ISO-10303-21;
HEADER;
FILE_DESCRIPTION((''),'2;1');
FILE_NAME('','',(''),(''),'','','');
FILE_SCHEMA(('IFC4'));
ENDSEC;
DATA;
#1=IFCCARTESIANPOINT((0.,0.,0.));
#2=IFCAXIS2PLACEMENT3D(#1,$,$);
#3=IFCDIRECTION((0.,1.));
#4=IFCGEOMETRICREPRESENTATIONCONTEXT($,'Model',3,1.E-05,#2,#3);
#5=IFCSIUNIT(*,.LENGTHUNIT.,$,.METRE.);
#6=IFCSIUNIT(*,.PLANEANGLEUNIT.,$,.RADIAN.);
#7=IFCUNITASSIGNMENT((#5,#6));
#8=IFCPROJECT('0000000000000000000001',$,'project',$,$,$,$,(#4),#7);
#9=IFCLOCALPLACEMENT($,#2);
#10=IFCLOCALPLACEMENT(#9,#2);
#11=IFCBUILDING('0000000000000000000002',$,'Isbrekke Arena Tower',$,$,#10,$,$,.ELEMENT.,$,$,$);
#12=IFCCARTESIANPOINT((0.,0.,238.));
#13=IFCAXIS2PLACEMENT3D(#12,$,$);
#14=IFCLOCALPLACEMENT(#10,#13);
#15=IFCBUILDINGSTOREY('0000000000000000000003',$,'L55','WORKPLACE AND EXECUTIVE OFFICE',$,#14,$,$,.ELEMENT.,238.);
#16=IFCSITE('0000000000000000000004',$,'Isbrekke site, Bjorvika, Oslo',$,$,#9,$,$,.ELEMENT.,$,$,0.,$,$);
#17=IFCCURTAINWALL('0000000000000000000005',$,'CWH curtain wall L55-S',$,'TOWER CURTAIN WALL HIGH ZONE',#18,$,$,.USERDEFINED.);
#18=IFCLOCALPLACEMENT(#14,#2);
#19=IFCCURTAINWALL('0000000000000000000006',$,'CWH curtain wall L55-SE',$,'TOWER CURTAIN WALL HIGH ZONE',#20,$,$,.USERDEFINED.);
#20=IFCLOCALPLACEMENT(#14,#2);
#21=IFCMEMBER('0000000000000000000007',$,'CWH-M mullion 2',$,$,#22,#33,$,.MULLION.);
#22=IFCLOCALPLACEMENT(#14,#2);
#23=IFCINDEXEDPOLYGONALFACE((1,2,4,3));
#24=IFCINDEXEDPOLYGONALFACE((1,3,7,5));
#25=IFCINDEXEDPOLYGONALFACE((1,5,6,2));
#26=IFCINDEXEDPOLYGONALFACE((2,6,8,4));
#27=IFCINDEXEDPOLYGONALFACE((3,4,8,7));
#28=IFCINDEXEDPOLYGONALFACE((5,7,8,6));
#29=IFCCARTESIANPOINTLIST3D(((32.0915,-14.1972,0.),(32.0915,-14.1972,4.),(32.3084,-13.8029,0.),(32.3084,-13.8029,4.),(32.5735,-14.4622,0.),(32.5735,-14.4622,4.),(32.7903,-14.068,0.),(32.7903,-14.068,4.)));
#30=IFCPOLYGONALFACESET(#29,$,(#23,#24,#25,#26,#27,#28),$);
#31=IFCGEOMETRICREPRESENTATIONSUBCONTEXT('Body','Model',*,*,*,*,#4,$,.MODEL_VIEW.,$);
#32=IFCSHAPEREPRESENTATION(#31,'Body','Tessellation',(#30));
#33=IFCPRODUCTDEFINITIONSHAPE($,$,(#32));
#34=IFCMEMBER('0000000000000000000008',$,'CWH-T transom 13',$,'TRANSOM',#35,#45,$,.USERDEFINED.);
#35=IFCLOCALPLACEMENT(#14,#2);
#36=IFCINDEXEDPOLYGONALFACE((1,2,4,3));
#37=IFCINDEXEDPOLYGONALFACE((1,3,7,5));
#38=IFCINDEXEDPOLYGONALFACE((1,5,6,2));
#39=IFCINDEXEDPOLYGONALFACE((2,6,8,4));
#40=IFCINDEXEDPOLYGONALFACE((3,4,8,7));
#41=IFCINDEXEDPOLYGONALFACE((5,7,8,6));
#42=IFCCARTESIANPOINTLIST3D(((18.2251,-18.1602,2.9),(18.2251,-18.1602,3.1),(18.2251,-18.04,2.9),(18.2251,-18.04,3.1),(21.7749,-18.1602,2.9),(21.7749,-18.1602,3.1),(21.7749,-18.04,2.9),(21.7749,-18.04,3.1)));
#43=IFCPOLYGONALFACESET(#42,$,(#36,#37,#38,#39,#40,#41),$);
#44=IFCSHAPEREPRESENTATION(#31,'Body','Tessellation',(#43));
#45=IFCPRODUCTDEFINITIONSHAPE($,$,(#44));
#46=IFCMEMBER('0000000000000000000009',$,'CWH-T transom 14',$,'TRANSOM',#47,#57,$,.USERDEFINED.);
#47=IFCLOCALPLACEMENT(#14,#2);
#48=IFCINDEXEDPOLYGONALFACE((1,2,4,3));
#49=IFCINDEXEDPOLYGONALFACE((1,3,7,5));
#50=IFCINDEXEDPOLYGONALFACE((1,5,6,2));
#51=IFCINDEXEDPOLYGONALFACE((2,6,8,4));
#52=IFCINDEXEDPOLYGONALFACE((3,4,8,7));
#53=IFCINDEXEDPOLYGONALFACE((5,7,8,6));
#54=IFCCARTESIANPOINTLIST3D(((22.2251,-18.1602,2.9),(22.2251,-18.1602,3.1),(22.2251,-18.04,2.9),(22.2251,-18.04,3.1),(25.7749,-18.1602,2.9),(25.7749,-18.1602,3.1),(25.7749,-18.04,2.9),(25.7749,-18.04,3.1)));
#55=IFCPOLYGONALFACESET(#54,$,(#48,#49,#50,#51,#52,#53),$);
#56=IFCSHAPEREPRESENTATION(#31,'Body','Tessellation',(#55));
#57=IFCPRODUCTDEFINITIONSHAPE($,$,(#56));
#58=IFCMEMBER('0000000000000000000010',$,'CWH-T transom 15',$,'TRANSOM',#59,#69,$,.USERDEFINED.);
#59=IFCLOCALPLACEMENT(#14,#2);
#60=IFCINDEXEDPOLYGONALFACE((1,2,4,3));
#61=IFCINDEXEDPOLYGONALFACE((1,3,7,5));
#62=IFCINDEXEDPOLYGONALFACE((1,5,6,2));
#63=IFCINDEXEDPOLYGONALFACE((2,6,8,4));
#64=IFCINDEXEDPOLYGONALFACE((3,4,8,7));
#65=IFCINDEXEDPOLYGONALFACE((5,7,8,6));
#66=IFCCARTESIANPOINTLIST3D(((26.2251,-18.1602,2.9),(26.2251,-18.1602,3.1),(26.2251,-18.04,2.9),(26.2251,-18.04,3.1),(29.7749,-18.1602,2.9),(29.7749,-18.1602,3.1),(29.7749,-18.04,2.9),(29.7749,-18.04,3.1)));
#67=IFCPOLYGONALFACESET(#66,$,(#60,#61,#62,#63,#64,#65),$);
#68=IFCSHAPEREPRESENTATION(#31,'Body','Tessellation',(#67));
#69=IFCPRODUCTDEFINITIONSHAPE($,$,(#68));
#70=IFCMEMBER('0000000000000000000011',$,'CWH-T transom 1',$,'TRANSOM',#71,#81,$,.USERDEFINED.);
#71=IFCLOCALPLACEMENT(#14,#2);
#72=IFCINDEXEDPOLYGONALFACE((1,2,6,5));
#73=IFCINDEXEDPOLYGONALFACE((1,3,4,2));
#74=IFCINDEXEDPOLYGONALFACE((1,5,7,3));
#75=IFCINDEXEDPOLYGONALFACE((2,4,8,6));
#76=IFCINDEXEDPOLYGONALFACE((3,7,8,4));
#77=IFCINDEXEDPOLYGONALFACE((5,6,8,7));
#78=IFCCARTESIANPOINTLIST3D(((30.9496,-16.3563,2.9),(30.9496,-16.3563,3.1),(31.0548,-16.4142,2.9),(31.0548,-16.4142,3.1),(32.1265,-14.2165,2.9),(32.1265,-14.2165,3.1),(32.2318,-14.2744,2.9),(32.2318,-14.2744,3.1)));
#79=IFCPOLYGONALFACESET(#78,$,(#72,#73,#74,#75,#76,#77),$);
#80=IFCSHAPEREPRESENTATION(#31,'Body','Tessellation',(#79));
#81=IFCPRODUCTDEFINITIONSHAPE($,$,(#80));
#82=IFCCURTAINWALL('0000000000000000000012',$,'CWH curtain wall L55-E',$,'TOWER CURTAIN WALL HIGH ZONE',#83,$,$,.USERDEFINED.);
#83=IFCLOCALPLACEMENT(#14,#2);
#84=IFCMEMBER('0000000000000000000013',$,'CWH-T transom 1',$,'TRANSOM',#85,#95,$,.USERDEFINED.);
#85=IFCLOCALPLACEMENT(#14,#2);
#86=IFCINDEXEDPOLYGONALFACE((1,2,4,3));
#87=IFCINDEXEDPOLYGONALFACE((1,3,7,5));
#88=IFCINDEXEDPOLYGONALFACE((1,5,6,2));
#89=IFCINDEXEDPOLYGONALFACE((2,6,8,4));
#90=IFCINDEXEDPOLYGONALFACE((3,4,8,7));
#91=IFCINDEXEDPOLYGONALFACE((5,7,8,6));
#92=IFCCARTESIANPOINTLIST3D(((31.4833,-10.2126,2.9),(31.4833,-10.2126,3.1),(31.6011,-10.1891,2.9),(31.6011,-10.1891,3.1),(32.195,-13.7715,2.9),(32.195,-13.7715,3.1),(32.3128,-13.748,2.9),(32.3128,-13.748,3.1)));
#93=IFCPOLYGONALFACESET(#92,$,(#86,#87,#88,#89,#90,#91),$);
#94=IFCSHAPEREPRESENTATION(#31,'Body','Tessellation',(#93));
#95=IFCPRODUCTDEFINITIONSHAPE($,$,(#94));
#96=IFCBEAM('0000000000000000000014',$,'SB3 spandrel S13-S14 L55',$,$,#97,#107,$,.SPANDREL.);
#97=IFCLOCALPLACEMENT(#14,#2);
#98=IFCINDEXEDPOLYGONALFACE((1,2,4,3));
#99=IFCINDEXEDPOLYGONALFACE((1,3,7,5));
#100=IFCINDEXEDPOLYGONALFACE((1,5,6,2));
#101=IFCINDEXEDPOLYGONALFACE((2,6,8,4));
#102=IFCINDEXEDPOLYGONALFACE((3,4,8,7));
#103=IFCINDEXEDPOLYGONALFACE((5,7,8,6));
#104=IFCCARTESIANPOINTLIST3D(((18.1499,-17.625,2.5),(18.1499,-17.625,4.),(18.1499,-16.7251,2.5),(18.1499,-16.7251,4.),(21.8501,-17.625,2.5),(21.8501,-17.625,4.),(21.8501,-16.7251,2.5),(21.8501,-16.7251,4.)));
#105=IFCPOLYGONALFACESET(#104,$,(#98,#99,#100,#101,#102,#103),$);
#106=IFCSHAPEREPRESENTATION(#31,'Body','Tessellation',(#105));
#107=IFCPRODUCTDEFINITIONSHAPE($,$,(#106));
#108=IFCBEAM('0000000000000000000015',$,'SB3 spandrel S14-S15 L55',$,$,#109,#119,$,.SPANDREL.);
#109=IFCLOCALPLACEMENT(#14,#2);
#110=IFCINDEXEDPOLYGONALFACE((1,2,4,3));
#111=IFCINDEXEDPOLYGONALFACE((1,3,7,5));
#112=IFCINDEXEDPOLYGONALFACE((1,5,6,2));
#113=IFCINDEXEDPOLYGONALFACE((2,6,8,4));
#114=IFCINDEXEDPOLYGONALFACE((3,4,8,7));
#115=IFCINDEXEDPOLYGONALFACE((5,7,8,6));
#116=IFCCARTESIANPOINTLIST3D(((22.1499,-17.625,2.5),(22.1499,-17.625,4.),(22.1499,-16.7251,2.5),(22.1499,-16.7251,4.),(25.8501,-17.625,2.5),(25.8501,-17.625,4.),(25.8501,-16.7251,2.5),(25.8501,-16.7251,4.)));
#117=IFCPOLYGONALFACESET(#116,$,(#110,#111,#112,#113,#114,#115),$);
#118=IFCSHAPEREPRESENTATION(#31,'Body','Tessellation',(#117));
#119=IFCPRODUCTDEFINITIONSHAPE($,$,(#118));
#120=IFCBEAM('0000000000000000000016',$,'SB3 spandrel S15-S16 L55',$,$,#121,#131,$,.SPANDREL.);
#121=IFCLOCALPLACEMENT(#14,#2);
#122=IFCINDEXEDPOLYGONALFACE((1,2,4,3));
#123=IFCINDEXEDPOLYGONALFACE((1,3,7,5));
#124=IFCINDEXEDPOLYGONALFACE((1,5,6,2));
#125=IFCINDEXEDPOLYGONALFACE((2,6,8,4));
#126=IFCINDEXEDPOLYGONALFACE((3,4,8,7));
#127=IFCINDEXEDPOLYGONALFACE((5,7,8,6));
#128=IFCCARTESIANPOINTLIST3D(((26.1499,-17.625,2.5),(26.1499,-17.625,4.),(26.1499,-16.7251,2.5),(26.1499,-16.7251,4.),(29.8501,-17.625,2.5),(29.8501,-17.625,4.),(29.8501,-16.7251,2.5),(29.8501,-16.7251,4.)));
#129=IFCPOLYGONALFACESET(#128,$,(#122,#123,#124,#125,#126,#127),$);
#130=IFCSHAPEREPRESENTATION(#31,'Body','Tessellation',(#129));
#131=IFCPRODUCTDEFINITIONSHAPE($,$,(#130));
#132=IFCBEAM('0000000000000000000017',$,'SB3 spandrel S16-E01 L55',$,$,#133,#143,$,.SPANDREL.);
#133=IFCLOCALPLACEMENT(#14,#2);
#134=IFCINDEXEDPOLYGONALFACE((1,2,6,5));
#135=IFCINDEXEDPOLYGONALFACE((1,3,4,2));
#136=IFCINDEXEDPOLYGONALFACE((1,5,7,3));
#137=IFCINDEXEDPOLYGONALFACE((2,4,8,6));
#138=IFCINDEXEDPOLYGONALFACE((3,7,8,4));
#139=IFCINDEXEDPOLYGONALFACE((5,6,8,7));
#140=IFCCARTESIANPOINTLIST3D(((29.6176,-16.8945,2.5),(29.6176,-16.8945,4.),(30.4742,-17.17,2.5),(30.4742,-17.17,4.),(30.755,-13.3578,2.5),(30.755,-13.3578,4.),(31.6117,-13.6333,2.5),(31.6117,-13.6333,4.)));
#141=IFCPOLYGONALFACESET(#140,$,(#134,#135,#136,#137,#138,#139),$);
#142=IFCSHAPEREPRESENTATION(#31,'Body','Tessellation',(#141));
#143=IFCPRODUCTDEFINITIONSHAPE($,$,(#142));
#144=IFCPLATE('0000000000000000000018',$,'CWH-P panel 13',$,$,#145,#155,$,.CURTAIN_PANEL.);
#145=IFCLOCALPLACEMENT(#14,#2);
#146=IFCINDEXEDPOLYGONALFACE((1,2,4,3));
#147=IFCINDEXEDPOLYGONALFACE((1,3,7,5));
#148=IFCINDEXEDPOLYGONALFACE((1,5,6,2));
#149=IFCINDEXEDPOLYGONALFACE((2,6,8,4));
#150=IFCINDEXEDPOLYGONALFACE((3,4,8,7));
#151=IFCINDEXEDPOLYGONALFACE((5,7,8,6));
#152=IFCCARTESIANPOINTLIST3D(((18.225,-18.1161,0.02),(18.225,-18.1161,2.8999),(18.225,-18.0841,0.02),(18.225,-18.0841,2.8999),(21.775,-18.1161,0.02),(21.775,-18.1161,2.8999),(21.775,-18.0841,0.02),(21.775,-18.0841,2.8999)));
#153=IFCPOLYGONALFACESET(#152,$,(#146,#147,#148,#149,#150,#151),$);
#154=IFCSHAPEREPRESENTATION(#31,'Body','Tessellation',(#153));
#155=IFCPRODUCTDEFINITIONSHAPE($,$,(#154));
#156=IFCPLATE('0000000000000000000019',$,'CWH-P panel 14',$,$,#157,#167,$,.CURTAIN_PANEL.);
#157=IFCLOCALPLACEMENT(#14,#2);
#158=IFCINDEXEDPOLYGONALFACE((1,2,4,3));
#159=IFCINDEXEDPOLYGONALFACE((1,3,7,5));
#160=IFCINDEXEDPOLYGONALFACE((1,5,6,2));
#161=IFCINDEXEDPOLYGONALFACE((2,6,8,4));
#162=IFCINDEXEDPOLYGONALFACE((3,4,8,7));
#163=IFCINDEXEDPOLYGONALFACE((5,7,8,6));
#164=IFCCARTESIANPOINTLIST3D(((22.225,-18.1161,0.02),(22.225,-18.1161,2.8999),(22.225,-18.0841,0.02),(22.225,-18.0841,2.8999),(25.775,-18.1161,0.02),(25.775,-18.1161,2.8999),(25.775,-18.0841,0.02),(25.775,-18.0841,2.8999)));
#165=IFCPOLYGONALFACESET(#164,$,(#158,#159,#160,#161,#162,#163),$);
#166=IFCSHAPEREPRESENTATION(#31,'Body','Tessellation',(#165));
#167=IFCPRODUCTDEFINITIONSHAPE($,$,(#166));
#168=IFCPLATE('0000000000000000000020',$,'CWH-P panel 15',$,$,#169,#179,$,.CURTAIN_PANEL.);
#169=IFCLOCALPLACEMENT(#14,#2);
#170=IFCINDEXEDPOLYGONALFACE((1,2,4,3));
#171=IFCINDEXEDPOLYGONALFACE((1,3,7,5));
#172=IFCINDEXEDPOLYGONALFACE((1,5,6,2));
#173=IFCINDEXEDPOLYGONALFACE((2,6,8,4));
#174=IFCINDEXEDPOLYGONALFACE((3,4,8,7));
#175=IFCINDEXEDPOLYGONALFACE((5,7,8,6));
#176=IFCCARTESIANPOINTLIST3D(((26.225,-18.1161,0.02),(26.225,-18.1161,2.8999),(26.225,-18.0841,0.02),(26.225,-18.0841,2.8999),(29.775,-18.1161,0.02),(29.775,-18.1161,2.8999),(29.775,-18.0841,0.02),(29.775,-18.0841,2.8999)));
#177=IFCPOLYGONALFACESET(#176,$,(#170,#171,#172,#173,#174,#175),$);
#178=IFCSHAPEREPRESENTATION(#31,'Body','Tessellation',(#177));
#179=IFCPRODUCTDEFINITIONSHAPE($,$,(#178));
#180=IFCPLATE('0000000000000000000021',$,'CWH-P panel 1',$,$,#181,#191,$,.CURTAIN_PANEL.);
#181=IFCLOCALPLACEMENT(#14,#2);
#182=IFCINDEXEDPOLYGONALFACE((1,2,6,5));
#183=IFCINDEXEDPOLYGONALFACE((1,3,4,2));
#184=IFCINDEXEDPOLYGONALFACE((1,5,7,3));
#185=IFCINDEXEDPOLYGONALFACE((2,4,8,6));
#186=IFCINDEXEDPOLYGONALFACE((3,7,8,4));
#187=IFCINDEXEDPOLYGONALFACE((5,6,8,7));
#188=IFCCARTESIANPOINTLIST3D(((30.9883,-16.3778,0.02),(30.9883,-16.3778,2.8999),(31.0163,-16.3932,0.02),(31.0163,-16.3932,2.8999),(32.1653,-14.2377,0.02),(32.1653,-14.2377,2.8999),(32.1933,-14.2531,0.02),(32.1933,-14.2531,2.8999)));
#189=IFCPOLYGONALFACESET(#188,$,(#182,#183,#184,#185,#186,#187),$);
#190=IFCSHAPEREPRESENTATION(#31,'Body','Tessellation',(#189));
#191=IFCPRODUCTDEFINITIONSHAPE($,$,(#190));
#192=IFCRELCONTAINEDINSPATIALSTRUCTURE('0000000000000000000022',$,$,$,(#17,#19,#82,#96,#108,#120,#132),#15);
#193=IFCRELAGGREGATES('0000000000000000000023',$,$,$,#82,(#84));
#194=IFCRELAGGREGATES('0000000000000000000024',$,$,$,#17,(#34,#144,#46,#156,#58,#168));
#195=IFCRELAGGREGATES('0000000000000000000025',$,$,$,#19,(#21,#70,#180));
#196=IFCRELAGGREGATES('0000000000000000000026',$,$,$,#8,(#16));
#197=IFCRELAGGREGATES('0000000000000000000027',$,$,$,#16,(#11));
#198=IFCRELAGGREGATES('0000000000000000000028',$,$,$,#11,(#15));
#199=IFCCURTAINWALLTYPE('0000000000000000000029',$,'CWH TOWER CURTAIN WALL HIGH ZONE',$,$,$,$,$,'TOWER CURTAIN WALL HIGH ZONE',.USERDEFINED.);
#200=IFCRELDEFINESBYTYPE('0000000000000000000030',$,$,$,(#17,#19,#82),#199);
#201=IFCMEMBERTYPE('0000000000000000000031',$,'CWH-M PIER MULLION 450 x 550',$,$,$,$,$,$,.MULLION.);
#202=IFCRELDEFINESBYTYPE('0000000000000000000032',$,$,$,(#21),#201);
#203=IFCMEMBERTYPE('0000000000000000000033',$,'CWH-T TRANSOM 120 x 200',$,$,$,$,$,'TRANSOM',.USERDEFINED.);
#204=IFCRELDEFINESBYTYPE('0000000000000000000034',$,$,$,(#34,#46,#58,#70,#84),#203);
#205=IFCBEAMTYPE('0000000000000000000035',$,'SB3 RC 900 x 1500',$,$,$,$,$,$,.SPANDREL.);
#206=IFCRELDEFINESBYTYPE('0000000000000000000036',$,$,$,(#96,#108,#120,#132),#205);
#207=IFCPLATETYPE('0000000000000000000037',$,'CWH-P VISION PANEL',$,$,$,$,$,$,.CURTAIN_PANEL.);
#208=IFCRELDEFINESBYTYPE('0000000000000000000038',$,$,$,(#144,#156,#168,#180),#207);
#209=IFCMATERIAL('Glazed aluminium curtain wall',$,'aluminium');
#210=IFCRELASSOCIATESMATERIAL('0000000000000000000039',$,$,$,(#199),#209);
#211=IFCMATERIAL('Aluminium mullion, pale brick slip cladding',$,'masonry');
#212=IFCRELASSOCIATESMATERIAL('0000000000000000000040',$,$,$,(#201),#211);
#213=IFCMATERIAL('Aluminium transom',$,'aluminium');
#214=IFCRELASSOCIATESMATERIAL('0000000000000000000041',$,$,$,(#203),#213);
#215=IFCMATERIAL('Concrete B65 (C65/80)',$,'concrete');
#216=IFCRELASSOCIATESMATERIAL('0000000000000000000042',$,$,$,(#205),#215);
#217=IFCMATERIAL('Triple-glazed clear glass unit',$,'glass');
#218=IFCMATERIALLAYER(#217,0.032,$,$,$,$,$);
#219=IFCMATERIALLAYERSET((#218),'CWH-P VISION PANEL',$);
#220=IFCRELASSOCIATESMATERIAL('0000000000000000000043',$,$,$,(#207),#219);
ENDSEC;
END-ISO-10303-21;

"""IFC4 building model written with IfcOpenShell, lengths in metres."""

from ifc_helpers import new_model, si_unit, direction, frame, origin, origin_2d, place, context, subcontext, project, spatial, rectangle, extrude, material, layer, layer_set, material_profile, profile_set, type_object, element, aggregate, save


model = new_model("IFC4")

# Units and contexts
model_context = context("Model", 3, precision=1e-05, world=origin(), true_north=direction((0.0, 1.0)))
body_context = subcontext(model_context, "Body", "Model", "MODEL_VIEW")
ifc_project = project(units=[si_unit("LENGTHUNIT", "METRE"), si_unit("PLANEANGLEUNIT", "RADIAN")], contexts=[model_context])

# Site, building, storey
site_placement = place(None, origin())
site = spatial("IfcSite", under=ifc_project, at=site_placement, Name="Isbrekke site, Bjorvika, Oslo", CompositionType="ELEMENT", RefElevation=0.0)
building_placement = place(site_placement, origin())
building = spatial("IfcBuilding", under=site, at=building_placement, Name="Isbrekke Arena Tower", CompositionType="ELEMENT")
storey_placement = place(building_placement, frame((0.0, 0.0, 238.0)))
storey = spatial("IfcBuildingStorey", under=building, at=storey_placement, Name="L55", Description="WORKPLACE AND EXECUTIVE OFFICE", CompositionType="ELEMENT", Elevation=238.0)

# Curtain walls, member
ifc_material_1 = material(Name="Glazed aluminium curtain wall", Category="aluminium")
curtain_wall_type = type_object("IfcCurtainWallType", Name="CWH TOWER CURTAIN WALL HIGH ZONE", ElementType="TOWER CURTAIN WALL HIGH ZONE", PredefinedType="USERDEFINED", material=ifc_material_1)
curtain_wall_1_placement = place(storey_placement, origin())
curtain_wall_1 = element("IfcCurtainWall", 1, at=curtain_wall_1_placement, inside=storey, type_object=curtain_wall_type, Name="CWH curtain wall L55-S", ObjectType="TOWER CURTAIN WALL HIGH ZONE", PredefinedType="USERDEFINED")
ifc_material_2 = material(Name="Aluminium mullion, pale brick slip cladding", Category="masonry")
ifc_material_profile_1 = material_profile(ifc_material_2, rectangle(XDim=0.45, YDim=0.55, at=origin_2d()), Name="PIER 450X550")
ifc_profile_set_1 = profile_set([ifc_material_profile_1], Name="Aluminium mullion, pale brick slip cladding")
member_type_1 = type_object("IfcMemberType", Name="CWH-M PIER MULLION 450 x 550", PredefinedType="MULLION", material=ifc_profile_set_1)
curtain_wall_2_placement = place(storey_placement, origin())
curtain_wall_2 = element("IfcCurtainWall", 2, at=curtain_wall_2_placement, inside=storey, type_object=curtain_wall_type, Name="CWH curtain wall L55-SE", ObjectType="TOWER CURTAIN WALL HIGH ZONE", PredefinedType="USERDEFINED")
member_1_placement = place(storey_placement, frame((32.4409, -14.1326, 0.0), z_axis=(0.0, 0.0, 1.0), x_axis=(0.481919, 0.876216, 0.0)))
member_1 = element("IfcMember", 3, at=member_1_placement, type_object=member_type_1, Name="CWH-M mullion 2", PredefinedType="MULLION", context=body_context, shape_type="SweptSolid", body=[
    extrude(rectangle(XDim=0.45, YDim=0.55, at=origin_2d()), origin(), (0.0, 0.0, 1.0), 4.0),
])

# Members
ifc_material_3 = material(Name="Aluminium transom", Category="aluminium")
ifc_material_profile_2 = material_profile(ifc_material_3, rectangle(XDim=0.1201, YDim=0.2, at=origin_2d()), Name="TRANSOM 120X200")
ifc_profile_set_2 = profile_set([ifc_material_profile_2], Name="Aluminium transom")
member_type_2 = type_object("IfcMemberType", Name="CWH-T TRANSOM 120 x 200", ElementType="TRANSOM", PredefinedType="USERDEFINED", material=ifc_profile_set_2)
member_2_placement = place(storey_placement, frame((18.2251, -18.1001, 3.0), z_axis=(1.0, 0.0, 0.0), x_axis=(0.0, 1.0, 0.0)))
member_2 = element("IfcMember", 4, at=member_2_placement, type_object=member_type_2, Name="CWH-T transom 13", ObjectType="TRANSOM", PredefinedType="USERDEFINED", context=body_context, shape_type="SweptSolid", body=[
    extrude(rectangle(XDim=0.1201, YDim=0.2, at=origin_2d()), origin(), (0.0, 0.0, 1.0), 3.5498),
])
member_3_placement = place(storey_placement, frame((22.2251, -18.1001, 3.0), z_axis=(1.0, 0.0, 0.0), x_axis=(0.0, 1.0, 0.0)))
member_3 = element("IfcMember", 5, at=member_3_placement, type_object=member_type_2, Name="CWH-T transom 14", ObjectType="TRANSOM", PredefinedType="USERDEFINED", context=body_context, shape_type="SweptSolid", body=[
    extrude(rectangle(XDim=0.1201, YDim=0.2, at=origin_2d()), origin(), (0.0, 0.0, 1.0), 3.5498),
])
member_4_placement = place(storey_placement, frame((26.2251, -18.1001, 3.0), z_axis=(1.0, 0.0, 0.0), x_axis=(0.0, 1.0, 0.0)))
member_4 = element("IfcMember", 6, at=member_4_placement, type_object=member_type_2, Name="CWH-T transom 15", ObjectType="TRANSOM", PredefinedType="USERDEFINED", context=body_context, shape_type="SweptSolid", body=[
    extrude(rectangle(XDim=0.1201, YDim=0.2, at=origin_2d()), origin(), (0.0, 0.0, 1.0), 3.5498),
])
member_5_placement = place(storey_placement, frame((31.0022, -16.3853, 3.0), z_axis=(0.481938, 0.876205, 0.0), x_axis=(-0.876205, 0.481938, 0.0)))
member_5 = element("IfcMember", 7, at=member_5_placement, type_object=member_type_2, Name="CWH-T transom 1", ObjectType="TRANSOM", PredefinedType="USERDEFINED", context=body_context, shape_type="SweptSolid", body=[
    extrude(rectangle(XDim=0.1201, YDim=0.2, at=origin_2d()), origin(), (0.0, 0.0, 1.0), 2.4421),
])

# Curtain wall, member
curtain_wall_3_placement = place(storey_placement, origin())
curtain_wall_3 = element("IfcCurtainWall", 8, at=curtain_wall_3_placement, inside=storey, type_object=curtain_wall_type, Name="CWH curtain wall L55-E", ObjectType="TOWER CURTAIN WALL HIGH ZONE", PredefinedType="USERDEFINED")
member_6_placement = place(storey_placement, frame((32.2539, -13.7598, 3.0), z_axis=(-0.19609, 0.980586, 0.0), x_axis=(-0.980586, -0.19609, 0.0)))
member_6 = element("IfcMember", 9, at=member_6_placement, type_object=member_type_2, Name="CWH-T transom 1", ObjectType="TRANSOM", PredefinedType="USERDEFINED", context=body_context, shape_type="SweptSolid", body=[
    extrude(rectangle(XDim=0.1201, YDim=0.2, at=origin_2d()), origin(), (0.0, 0.0, 1.0), 3.6294),
])
aggregate(curtain_wall_3, [member_6])

# Beams
ifc_material_4 = material(Name="Concrete B65 (C65/80)", Category="concrete")
ifc_material_profile_3 = material_profile(ifc_material_4, rectangle(XDim=0.8999, YDim=1.5, at=origin_2d()), Name="RC 900x1500")
ifc_profile_set_3 = profile_set([ifc_material_profile_3], Name="Concrete B65 (C65/80)")
beam_type_1 = type_object("IfcBeamType", Name="SB3 RC 900 x 1500", PredefinedType="SPANDREL", material=ifc_profile_set_3)
for number, where, z_axis, x_axis, name in (
    (10, (18.1499, -17.175, 3.25), (1.0, 0.0, 0.0), (0.0, 1.0, 0.0), "SB3 spandrel S13-S14 L55"),
    (11, (22.1499, -17.175, 3.25), (1.0, 0.0, 0.0), (0.0, 1.0, 0.0), "SB3 spandrel S14-S15 L55"),
    (12, (26.1499, -17.175, 3.25), (1.0, 0.0, 0.0), (0.0, 1.0, 0.0), "SB3 spandrel S15-S16 L55"),
):
    element("IfcBeam", number, at=place(storey_placement, frame(where, z_axis=z_axis, x_axis=x_axis)), inside=storey, type_object=beam_type_1, Name=name, PredefinedType="SPANDREL", context=body_context, shape_type="SweptSolid", body=[
        extrude(rectangle(XDim=0.8999, YDim=1.5, at=origin_2d()), origin(), (0.0, 0.0, 1.0), 3.7002),
    ])
beam_placement = place(storey_placement, frame((30.0459, -17.0322, 3.25), z_axis=(0.306175, 0.951975, 0.0), x_axis=(-0.951975, 0.306175, 0.0)))
element("IfcBeam", 13, at=beam_placement, inside=storey, type_object=beam_type_1, Name="SB3 spandrel S16-E01 L55", PredefinedType="SPANDREL", context=body_context, shape_type="SweptSolid", body=[
    extrude(rectangle(XDim=0.8999, YDim=1.5, at=origin_2d()), origin(), (0.0, 0.0, 1.0), 3.7151),
])

# Plates
ifc_material_5 = material(Name="Triple-glazed clear glass unit", Category="glass")
ifc_layer_1 = layer(ifc_material_5, 0.032)
ifc_layer_set_1 = layer_set([ifc_layer_1], Name="CWH-P VISION PANEL")
plate_type = type_object("IfcPlateType", Name="CWH-P VISION PANEL", PredefinedType="CURTAIN_PANEL", material=ifc_layer_set_1)
plate_1_placement = place(storey_placement, frame((20.0, -18.1001, 0.02), z_axis=(0.0, 0.0, 1.0), x_axis=(1.0, 0.0, 0.0)))
plate_1 = element("IfcPlate", 14, at=plate_1_placement, type_object=plate_type, Name="CWH-P panel 13", PredefinedType="CURTAIN_PANEL", context=body_context, shape_type="SweptSolid", body=[
    extrude(rectangle(XDim=3.55, YDim=0.032, at=origin_2d()), origin(), (0.0, 0.0, 1.0), 2.8799),
])
plate_2_placement = place(storey_placement, frame((24.0, -18.1001, 0.02), z_axis=(0.0, 0.0, 1.0), x_axis=(1.0, 0.0, 0.0)))
plate_2 = element("IfcPlate", 15, at=plate_2_placement, type_object=plate_type, Name="CWH-P panel 14", PredefinedType="CURTAIN_PANEL", context=body_context, shape_type="SweptSolid", body=[
    extrude(rectangle(XDim=3.55, YDim=0.032, at=origin_2d()), origin(), (0.0, 0.0, 1.0), 2.8799),
])
plate_3_placement = place(storey_placement, frame((28.0, -18.1001, 0.02), z_axis=(0.0, 0.0, 1.0), x_axis=(1.0, 0.0, 0.0)))
plate_3 = element("IfcPlate", 16, at=plate_3_placement, type_object=plate_type, Name="CWH-P panel 15", PredefinedType="CURTAIN_PANEL", context=body_context, shape_type="SweptSolid", body=[
    extrude(rectangle(XDim=3.55, YDim=0.032, at=origin_2d()), origin(), (0.0, 0.0, 1.0), 2.8799),
])
aggregate(curtain_wall_1, [member_2, plate_1, member_3, plate_2, member_4, plate_3])
plate_4_placement = place(storey_placement, frame((31.5908, -15.3154, 0.02), z_axis=(0.0, 0.0, 1.0), x_axis=(0.481919, 0.876216, 0.0)))
plate_4 = element("IfcPlate", 17, at=plate_4_placement, type_object=plate_type, Name="CWH-P panel 1", PredefinedType="CURTAIN_PANEL", context=body_context, shape_type="SweptSolid", body=[
    extrude(rectangle(XDim=2.4424, YDim=0.032, at=origin_2d()), origin(), (0.0, 0.0, 1.0), 2.8799),
])
aggregate(curtain_wall_2, [member_1, member_5, plate_4])

save(model, "model.ifc")
